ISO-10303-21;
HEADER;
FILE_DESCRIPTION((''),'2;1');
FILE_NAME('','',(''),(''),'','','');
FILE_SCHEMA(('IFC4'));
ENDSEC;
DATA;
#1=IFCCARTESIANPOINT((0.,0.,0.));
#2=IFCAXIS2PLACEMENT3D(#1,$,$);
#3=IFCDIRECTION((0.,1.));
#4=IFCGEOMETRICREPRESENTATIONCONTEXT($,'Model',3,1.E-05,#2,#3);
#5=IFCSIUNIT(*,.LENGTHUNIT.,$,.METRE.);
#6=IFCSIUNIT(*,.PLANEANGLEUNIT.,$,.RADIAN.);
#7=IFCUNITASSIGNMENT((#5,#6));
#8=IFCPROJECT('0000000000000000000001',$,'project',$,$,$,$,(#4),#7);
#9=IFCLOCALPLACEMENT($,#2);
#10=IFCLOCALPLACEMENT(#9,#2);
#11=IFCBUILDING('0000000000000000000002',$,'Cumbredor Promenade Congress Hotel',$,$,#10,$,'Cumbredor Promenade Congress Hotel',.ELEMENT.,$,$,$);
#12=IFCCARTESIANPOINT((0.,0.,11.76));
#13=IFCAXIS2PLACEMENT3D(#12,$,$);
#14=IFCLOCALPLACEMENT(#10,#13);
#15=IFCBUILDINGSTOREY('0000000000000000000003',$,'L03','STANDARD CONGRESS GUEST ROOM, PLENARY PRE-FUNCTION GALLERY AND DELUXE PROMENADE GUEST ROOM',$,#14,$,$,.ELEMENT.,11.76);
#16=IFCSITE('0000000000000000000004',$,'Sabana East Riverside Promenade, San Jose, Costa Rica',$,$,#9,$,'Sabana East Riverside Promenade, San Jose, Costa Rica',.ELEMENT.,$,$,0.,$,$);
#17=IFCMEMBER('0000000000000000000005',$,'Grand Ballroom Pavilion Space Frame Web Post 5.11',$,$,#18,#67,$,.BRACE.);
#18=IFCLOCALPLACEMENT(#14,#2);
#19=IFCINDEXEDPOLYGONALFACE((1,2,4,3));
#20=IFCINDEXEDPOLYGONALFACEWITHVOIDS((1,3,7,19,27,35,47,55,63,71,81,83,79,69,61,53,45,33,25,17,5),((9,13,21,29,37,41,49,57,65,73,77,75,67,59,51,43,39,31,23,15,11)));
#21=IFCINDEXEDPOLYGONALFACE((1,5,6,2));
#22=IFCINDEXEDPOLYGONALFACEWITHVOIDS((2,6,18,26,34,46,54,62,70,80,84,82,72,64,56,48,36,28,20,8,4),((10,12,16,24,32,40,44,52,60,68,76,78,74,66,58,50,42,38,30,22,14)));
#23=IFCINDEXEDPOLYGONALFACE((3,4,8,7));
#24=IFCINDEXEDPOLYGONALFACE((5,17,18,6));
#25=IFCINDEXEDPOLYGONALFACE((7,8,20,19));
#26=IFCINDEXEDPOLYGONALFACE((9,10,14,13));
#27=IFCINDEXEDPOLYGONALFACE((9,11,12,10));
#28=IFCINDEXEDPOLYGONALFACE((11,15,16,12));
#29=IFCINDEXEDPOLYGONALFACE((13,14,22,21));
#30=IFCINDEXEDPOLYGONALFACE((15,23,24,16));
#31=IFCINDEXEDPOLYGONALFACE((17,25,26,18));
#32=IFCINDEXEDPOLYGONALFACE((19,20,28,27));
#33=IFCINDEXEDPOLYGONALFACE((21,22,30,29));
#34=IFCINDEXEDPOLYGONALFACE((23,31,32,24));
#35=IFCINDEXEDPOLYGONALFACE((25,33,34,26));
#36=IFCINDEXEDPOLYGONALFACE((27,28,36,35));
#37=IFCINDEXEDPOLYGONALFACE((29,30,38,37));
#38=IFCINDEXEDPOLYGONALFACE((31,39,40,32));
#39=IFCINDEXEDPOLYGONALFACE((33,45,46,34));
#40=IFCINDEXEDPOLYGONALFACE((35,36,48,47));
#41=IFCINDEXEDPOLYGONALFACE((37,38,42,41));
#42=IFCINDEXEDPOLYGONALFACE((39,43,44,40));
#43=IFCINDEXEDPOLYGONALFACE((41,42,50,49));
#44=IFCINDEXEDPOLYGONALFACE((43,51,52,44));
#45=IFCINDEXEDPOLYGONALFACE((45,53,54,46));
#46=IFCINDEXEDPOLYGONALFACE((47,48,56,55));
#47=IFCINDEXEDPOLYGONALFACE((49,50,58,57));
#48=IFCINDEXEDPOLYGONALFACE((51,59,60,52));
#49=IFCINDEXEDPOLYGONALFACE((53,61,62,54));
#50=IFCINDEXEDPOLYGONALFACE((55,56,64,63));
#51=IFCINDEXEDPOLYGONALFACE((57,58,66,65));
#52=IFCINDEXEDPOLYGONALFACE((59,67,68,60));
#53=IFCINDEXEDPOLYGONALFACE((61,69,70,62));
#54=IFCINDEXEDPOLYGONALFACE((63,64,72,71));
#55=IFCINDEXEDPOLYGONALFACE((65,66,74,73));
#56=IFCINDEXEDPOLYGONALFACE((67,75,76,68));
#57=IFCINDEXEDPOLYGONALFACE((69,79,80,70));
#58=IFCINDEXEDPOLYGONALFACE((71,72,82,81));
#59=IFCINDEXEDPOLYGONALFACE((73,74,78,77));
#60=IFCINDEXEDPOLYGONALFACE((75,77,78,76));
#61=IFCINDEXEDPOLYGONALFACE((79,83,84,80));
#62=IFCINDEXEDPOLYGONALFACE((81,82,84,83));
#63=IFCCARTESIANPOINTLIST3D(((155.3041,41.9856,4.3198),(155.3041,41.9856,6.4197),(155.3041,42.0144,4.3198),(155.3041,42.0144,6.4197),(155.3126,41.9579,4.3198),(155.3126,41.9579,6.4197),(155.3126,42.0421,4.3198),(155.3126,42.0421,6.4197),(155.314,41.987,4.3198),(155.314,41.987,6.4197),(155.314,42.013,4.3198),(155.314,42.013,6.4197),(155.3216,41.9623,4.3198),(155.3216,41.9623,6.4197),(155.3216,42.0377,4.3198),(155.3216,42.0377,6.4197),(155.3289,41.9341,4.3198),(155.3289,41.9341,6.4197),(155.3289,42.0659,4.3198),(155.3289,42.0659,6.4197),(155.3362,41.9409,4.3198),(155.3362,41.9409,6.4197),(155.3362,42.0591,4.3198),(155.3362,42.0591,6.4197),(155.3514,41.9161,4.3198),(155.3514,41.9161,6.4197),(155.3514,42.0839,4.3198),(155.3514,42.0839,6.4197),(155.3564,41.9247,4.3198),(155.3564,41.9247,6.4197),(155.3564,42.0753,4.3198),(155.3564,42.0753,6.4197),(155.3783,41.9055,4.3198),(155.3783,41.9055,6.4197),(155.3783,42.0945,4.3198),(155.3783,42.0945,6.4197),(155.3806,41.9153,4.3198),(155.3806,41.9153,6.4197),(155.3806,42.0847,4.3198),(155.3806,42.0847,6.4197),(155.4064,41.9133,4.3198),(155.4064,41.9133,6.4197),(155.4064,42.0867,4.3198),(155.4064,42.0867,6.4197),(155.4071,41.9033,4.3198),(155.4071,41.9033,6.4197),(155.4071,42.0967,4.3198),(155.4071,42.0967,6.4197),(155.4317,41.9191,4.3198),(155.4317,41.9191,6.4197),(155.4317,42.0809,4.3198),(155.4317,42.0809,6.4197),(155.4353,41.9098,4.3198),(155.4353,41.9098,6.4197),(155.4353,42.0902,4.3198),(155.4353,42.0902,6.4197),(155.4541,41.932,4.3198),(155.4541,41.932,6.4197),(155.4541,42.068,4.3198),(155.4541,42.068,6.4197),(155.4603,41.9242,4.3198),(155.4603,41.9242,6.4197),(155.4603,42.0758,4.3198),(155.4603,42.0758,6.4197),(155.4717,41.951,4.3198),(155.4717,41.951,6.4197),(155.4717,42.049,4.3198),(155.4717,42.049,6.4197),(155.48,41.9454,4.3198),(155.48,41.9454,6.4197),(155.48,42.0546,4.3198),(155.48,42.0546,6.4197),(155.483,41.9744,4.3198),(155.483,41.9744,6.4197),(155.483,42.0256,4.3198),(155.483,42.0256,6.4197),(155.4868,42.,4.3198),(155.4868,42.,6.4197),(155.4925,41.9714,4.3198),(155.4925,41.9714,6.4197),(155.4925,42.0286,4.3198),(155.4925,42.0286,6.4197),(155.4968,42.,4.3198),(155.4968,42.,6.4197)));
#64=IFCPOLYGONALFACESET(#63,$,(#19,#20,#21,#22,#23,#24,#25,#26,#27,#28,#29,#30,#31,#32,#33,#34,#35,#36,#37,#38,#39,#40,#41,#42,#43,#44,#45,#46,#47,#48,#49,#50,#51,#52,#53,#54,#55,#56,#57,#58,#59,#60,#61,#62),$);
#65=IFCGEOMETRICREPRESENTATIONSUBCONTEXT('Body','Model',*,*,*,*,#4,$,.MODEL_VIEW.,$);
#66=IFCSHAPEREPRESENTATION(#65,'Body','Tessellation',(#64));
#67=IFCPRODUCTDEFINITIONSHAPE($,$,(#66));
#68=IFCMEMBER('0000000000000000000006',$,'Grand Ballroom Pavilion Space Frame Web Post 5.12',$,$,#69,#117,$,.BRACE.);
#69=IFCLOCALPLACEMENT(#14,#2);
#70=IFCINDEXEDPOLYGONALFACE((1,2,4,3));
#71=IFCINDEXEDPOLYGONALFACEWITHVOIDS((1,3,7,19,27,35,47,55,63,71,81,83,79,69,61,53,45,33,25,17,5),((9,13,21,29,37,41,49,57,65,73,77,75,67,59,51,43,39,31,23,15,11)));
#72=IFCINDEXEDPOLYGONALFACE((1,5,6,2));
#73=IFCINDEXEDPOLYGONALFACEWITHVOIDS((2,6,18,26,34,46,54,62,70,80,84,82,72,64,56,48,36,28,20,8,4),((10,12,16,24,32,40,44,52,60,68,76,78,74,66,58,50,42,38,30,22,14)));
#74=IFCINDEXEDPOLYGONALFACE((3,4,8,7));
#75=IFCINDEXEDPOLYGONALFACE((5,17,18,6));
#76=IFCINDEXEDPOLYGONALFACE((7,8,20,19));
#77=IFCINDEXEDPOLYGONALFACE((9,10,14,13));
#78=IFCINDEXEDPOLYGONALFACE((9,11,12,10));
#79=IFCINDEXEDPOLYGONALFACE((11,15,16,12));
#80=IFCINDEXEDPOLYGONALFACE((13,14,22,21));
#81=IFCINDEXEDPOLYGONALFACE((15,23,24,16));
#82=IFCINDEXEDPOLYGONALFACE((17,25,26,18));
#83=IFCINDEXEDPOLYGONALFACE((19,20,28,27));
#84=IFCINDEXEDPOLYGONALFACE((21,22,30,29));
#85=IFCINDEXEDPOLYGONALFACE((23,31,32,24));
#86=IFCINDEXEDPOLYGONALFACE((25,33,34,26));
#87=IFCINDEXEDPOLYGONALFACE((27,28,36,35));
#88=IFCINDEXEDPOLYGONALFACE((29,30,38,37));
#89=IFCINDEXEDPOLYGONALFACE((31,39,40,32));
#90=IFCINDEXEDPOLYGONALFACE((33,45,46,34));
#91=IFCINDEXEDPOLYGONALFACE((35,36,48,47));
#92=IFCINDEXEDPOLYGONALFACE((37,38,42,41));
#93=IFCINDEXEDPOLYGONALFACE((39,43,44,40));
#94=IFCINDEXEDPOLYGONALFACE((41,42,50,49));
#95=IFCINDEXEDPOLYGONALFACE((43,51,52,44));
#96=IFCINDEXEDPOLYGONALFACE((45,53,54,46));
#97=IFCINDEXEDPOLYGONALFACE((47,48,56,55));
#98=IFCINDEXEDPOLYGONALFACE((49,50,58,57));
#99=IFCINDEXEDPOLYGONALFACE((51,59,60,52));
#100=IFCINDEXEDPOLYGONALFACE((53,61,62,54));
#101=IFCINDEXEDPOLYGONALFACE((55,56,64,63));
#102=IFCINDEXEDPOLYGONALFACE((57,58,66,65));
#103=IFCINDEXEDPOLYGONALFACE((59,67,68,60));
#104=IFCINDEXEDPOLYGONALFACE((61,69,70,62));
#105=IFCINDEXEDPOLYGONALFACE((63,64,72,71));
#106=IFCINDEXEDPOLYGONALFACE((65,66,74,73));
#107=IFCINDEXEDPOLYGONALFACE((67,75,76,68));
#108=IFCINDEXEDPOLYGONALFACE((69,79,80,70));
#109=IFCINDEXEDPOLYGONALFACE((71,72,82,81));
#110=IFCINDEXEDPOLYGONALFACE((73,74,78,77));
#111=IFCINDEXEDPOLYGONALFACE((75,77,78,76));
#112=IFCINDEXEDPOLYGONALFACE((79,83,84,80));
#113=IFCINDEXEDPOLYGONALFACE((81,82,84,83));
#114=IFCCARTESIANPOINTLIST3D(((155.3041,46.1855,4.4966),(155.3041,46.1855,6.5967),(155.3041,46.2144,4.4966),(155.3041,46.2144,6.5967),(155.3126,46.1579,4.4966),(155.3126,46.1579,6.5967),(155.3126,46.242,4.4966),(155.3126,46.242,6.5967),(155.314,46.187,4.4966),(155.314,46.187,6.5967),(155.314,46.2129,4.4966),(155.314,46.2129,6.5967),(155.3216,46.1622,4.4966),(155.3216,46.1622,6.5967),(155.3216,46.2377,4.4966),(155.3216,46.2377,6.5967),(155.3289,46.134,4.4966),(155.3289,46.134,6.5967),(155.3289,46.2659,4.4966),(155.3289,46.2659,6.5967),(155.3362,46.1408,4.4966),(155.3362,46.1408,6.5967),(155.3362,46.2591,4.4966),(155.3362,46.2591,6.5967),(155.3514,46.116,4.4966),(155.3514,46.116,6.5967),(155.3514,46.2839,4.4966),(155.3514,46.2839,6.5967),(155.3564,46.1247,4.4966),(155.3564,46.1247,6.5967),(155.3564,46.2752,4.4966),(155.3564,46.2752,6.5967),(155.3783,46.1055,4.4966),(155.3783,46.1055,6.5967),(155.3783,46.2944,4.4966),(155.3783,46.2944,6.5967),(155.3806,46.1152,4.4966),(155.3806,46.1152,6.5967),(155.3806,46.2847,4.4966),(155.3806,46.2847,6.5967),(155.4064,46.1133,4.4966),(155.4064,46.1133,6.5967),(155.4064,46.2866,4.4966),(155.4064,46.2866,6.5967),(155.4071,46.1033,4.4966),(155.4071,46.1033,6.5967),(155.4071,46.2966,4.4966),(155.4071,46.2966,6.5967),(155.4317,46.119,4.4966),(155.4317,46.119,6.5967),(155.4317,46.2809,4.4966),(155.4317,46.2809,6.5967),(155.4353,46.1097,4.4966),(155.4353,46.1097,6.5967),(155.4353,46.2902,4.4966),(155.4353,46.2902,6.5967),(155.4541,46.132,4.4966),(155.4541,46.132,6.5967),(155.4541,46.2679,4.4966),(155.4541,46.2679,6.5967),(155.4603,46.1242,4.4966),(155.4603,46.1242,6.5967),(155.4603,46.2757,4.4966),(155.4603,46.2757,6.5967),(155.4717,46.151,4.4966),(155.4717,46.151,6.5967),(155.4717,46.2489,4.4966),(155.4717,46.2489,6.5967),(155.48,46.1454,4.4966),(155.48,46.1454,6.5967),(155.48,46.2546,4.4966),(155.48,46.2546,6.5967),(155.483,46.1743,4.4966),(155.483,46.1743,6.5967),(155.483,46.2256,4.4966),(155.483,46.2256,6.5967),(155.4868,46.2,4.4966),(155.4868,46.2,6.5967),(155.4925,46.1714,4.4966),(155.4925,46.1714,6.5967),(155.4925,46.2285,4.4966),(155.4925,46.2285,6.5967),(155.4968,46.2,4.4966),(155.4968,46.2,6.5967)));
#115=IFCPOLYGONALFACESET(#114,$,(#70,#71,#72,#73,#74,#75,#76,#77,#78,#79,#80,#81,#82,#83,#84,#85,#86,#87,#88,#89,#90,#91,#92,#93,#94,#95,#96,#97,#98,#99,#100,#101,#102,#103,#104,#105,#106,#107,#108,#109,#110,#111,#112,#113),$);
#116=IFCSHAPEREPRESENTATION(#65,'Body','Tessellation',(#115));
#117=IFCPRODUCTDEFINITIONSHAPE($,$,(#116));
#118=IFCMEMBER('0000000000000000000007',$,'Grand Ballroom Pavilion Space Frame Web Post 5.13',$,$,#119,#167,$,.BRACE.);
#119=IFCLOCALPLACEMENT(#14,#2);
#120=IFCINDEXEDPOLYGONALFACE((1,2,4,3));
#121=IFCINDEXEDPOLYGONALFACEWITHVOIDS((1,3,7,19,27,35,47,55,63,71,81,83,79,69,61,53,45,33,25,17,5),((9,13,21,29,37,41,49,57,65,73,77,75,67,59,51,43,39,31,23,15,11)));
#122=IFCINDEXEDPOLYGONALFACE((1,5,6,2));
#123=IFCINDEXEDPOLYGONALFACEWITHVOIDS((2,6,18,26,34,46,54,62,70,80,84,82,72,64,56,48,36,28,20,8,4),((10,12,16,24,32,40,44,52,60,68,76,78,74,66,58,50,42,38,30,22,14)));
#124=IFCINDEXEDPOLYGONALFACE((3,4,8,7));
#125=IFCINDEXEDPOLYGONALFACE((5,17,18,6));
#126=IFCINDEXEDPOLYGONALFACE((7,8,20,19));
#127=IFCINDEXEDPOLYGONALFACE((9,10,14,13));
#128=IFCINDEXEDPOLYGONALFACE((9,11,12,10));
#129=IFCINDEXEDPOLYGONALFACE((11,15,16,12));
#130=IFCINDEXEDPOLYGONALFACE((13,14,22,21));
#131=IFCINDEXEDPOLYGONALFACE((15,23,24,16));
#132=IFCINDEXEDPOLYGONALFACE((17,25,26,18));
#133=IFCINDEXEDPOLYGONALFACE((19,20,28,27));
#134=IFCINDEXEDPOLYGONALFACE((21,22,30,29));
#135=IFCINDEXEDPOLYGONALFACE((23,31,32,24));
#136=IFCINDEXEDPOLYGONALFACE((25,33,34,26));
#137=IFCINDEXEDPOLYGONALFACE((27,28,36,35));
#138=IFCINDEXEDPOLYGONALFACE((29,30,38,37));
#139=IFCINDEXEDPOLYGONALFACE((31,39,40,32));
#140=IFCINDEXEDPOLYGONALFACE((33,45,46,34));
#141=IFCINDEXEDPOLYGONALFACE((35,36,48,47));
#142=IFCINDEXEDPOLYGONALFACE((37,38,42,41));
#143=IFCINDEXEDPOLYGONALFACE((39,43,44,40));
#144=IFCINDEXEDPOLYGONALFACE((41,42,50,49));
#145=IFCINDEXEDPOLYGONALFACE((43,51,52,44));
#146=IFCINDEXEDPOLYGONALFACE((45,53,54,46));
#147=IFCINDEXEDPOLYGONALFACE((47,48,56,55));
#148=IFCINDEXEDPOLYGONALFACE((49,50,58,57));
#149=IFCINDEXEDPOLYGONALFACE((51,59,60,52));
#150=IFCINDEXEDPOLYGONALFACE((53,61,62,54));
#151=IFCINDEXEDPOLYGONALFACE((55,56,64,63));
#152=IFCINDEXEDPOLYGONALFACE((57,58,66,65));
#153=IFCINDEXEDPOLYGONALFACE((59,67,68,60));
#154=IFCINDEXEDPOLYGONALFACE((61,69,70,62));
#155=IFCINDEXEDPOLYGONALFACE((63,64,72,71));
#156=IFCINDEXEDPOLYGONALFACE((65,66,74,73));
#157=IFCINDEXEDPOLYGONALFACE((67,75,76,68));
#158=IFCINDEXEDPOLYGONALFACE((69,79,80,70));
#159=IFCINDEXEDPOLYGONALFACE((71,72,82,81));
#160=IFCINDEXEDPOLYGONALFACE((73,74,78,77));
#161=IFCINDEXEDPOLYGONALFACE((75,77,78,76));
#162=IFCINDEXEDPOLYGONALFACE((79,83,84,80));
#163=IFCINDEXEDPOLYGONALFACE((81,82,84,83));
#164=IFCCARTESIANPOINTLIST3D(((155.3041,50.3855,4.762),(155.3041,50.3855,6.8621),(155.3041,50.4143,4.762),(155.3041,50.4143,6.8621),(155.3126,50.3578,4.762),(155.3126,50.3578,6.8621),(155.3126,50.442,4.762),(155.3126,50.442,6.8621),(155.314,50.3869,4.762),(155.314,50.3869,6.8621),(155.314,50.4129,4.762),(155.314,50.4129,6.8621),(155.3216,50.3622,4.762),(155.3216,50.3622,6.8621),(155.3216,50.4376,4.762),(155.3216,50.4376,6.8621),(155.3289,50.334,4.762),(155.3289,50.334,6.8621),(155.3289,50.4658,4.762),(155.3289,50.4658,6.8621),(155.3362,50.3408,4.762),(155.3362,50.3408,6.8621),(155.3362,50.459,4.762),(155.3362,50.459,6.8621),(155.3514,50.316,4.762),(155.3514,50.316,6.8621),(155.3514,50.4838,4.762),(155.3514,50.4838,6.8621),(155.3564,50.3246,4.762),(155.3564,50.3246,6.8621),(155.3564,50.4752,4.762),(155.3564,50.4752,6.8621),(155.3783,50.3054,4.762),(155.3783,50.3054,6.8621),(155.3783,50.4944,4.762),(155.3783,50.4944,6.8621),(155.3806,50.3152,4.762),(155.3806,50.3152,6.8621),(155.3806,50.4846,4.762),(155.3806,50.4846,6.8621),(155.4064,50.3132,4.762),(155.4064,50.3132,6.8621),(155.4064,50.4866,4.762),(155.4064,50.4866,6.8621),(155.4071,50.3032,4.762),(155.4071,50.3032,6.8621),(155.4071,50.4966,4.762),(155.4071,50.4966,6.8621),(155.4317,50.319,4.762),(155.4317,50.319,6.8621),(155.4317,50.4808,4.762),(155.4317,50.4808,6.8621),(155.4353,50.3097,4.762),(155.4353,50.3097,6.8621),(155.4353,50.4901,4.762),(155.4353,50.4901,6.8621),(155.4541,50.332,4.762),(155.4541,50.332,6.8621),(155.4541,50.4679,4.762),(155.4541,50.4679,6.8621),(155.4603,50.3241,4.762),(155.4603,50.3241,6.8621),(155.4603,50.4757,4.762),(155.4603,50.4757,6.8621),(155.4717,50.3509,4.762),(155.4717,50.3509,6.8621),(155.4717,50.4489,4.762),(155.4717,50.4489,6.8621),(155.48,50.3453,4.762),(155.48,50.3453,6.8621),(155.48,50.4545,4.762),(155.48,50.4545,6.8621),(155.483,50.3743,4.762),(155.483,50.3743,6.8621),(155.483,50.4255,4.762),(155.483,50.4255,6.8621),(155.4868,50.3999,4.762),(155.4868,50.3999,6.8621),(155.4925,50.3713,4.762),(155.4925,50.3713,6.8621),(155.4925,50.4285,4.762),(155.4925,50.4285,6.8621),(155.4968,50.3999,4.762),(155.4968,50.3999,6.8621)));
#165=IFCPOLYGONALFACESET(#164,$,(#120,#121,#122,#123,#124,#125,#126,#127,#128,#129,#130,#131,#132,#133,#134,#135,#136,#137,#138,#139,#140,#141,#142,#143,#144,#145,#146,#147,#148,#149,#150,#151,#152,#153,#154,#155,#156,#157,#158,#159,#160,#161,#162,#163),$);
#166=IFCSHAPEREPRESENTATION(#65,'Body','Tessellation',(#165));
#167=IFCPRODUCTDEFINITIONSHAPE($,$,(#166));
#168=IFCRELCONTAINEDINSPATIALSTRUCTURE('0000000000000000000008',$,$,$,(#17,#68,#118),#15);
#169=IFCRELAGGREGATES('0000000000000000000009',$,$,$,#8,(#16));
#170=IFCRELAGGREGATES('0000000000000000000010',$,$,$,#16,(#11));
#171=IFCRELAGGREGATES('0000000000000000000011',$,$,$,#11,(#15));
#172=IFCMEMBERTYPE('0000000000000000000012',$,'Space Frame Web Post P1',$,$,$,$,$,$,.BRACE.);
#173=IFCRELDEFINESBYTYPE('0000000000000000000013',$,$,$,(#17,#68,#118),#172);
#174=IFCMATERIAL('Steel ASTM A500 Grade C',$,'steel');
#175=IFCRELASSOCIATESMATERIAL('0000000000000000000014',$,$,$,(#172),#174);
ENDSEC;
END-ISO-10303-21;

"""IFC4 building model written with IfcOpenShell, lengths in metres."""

from ifc_helpers import new_model, si_unit, direction, frame, origin, origin_2d, place, context, subcontext, project, spatial, hollow_circle, extrude, material, material_profile, profile_set, type_object, element, save


model = new_model("IFC4")

# Units and contexts
model_context = context("Model", 3, precision=1e-05, world=origin(), true_north=direction((0.0, 1.0)))
body_context = subcontext(model_context, "Body", "Model", "MODEL_VIEW")
ifc_project = project(units=[si_unit("LENGTHUNIT", "METRE"), si_unit("PLANEANGLEUNIT", "RADIAN")], contexts=[model_context])

# Site, building, storey
site_placement = place(None, origin())
site = spatial("IfcSite", under=ifc_project, at=site_placement, Name="Sabana East Riverside Promenade, San Jose, Costa Rica", LongName="Sabana East Riverside Promenade, San Jose, Costa Rica", CompositionType="ELEMENT", RefElevation=0.0)
building_placement = place(site_placement, origin())
building = spatial("IfcBuilding", under=site, at=building_placement, Name="Cumbredor Promenade Congress Hotel", LongName="Cumbredor Promenade Congress Hotel", CompositionType="ELEMENT")
storey_placement = place(building_placement, frame((0.0, 0.0, 11.76)))
storey = spatial("IfcBuildingStorey", under=building, at=storey_placement, Name="L03", Description="STANDARD CONGRESS GUEST ROOM, PLENARY PRE-FUNCTION GALLERY AND DELUXE PROMENADE GUEST ROOM", CompositionType="ELEMENT", Elevation=11.76)

# Members
ifc_material_1 = material(Name="Steel ASTM A500 Grade C", Category="steel")
ifc_material_profile_1 = material_profile(ifc_material_1, hollow_circle(Radius=0.0969, WallThickness=0.01, at=origin_2d()), Name="CHS 193.7x10")
ifc_profile_set_1 = profile_set([ifc_material_profile_1], Name="Steel ASTM A500 Grade C")
member_type_1 = type_object("IfcMemberType", Name="Space Frame Web Post P1", PredefinedType="BRACE", material=ifc_profile_set_1)
member_1_placement = place(storey_placement, frame((155.3999, 42.0, 4.3198), z_axis=(0.0, 0.0, 1.0), x_axis=(1.0, 0.0, 0.0)))
element("IfcMember", 1, at=member_1_placement, inside=storey, type_object=member_type_1, Name="Grand Ballroom Pavilion Space Frame Web Post 5.11", PredefinedType="BRACE", context=body_context, shape_type="SweptSolid", body=[
    extrude(hollow_circle(Radius=0.0969, WallThickness=0.01, at=origin_2d()), origin(), (0.0, 0.0, 1.0), 2.0999),
])
for number, where, z_axis, x_axis, name in (
    (2, (155.3999, 46.2, 4.4966), (0.0, 0.0, 1.0), (1.0, 0.0, 0.0), "Grand Ballroom Pavilion Space Frame Web Post 5.12"),
    (3, (155.3999, 50.3999, 4.762), (0.0, 0.0, 1.0), (1.0, 0.0, 0.0), "Grand Ballroom Pavilion Space Frame Web Post 5.13"),
):
    element("IfcMember", number, at=place(storey_placement, frame(where, z_axis=z_axis, x_axis=x_axis)), inside=storey, type_object=member_type_1, Name=name, PredefinedType="BRACE", context=body_context, shape_type="SweptSolid", body=[
        extrude(hollow_circle(Radius=0.0969, WallThickness=0.01, at=origin_2d()), origin(), (0.0, 0.0, 1.0), 2.1001),
    ])

save(model, "model.ifc")
